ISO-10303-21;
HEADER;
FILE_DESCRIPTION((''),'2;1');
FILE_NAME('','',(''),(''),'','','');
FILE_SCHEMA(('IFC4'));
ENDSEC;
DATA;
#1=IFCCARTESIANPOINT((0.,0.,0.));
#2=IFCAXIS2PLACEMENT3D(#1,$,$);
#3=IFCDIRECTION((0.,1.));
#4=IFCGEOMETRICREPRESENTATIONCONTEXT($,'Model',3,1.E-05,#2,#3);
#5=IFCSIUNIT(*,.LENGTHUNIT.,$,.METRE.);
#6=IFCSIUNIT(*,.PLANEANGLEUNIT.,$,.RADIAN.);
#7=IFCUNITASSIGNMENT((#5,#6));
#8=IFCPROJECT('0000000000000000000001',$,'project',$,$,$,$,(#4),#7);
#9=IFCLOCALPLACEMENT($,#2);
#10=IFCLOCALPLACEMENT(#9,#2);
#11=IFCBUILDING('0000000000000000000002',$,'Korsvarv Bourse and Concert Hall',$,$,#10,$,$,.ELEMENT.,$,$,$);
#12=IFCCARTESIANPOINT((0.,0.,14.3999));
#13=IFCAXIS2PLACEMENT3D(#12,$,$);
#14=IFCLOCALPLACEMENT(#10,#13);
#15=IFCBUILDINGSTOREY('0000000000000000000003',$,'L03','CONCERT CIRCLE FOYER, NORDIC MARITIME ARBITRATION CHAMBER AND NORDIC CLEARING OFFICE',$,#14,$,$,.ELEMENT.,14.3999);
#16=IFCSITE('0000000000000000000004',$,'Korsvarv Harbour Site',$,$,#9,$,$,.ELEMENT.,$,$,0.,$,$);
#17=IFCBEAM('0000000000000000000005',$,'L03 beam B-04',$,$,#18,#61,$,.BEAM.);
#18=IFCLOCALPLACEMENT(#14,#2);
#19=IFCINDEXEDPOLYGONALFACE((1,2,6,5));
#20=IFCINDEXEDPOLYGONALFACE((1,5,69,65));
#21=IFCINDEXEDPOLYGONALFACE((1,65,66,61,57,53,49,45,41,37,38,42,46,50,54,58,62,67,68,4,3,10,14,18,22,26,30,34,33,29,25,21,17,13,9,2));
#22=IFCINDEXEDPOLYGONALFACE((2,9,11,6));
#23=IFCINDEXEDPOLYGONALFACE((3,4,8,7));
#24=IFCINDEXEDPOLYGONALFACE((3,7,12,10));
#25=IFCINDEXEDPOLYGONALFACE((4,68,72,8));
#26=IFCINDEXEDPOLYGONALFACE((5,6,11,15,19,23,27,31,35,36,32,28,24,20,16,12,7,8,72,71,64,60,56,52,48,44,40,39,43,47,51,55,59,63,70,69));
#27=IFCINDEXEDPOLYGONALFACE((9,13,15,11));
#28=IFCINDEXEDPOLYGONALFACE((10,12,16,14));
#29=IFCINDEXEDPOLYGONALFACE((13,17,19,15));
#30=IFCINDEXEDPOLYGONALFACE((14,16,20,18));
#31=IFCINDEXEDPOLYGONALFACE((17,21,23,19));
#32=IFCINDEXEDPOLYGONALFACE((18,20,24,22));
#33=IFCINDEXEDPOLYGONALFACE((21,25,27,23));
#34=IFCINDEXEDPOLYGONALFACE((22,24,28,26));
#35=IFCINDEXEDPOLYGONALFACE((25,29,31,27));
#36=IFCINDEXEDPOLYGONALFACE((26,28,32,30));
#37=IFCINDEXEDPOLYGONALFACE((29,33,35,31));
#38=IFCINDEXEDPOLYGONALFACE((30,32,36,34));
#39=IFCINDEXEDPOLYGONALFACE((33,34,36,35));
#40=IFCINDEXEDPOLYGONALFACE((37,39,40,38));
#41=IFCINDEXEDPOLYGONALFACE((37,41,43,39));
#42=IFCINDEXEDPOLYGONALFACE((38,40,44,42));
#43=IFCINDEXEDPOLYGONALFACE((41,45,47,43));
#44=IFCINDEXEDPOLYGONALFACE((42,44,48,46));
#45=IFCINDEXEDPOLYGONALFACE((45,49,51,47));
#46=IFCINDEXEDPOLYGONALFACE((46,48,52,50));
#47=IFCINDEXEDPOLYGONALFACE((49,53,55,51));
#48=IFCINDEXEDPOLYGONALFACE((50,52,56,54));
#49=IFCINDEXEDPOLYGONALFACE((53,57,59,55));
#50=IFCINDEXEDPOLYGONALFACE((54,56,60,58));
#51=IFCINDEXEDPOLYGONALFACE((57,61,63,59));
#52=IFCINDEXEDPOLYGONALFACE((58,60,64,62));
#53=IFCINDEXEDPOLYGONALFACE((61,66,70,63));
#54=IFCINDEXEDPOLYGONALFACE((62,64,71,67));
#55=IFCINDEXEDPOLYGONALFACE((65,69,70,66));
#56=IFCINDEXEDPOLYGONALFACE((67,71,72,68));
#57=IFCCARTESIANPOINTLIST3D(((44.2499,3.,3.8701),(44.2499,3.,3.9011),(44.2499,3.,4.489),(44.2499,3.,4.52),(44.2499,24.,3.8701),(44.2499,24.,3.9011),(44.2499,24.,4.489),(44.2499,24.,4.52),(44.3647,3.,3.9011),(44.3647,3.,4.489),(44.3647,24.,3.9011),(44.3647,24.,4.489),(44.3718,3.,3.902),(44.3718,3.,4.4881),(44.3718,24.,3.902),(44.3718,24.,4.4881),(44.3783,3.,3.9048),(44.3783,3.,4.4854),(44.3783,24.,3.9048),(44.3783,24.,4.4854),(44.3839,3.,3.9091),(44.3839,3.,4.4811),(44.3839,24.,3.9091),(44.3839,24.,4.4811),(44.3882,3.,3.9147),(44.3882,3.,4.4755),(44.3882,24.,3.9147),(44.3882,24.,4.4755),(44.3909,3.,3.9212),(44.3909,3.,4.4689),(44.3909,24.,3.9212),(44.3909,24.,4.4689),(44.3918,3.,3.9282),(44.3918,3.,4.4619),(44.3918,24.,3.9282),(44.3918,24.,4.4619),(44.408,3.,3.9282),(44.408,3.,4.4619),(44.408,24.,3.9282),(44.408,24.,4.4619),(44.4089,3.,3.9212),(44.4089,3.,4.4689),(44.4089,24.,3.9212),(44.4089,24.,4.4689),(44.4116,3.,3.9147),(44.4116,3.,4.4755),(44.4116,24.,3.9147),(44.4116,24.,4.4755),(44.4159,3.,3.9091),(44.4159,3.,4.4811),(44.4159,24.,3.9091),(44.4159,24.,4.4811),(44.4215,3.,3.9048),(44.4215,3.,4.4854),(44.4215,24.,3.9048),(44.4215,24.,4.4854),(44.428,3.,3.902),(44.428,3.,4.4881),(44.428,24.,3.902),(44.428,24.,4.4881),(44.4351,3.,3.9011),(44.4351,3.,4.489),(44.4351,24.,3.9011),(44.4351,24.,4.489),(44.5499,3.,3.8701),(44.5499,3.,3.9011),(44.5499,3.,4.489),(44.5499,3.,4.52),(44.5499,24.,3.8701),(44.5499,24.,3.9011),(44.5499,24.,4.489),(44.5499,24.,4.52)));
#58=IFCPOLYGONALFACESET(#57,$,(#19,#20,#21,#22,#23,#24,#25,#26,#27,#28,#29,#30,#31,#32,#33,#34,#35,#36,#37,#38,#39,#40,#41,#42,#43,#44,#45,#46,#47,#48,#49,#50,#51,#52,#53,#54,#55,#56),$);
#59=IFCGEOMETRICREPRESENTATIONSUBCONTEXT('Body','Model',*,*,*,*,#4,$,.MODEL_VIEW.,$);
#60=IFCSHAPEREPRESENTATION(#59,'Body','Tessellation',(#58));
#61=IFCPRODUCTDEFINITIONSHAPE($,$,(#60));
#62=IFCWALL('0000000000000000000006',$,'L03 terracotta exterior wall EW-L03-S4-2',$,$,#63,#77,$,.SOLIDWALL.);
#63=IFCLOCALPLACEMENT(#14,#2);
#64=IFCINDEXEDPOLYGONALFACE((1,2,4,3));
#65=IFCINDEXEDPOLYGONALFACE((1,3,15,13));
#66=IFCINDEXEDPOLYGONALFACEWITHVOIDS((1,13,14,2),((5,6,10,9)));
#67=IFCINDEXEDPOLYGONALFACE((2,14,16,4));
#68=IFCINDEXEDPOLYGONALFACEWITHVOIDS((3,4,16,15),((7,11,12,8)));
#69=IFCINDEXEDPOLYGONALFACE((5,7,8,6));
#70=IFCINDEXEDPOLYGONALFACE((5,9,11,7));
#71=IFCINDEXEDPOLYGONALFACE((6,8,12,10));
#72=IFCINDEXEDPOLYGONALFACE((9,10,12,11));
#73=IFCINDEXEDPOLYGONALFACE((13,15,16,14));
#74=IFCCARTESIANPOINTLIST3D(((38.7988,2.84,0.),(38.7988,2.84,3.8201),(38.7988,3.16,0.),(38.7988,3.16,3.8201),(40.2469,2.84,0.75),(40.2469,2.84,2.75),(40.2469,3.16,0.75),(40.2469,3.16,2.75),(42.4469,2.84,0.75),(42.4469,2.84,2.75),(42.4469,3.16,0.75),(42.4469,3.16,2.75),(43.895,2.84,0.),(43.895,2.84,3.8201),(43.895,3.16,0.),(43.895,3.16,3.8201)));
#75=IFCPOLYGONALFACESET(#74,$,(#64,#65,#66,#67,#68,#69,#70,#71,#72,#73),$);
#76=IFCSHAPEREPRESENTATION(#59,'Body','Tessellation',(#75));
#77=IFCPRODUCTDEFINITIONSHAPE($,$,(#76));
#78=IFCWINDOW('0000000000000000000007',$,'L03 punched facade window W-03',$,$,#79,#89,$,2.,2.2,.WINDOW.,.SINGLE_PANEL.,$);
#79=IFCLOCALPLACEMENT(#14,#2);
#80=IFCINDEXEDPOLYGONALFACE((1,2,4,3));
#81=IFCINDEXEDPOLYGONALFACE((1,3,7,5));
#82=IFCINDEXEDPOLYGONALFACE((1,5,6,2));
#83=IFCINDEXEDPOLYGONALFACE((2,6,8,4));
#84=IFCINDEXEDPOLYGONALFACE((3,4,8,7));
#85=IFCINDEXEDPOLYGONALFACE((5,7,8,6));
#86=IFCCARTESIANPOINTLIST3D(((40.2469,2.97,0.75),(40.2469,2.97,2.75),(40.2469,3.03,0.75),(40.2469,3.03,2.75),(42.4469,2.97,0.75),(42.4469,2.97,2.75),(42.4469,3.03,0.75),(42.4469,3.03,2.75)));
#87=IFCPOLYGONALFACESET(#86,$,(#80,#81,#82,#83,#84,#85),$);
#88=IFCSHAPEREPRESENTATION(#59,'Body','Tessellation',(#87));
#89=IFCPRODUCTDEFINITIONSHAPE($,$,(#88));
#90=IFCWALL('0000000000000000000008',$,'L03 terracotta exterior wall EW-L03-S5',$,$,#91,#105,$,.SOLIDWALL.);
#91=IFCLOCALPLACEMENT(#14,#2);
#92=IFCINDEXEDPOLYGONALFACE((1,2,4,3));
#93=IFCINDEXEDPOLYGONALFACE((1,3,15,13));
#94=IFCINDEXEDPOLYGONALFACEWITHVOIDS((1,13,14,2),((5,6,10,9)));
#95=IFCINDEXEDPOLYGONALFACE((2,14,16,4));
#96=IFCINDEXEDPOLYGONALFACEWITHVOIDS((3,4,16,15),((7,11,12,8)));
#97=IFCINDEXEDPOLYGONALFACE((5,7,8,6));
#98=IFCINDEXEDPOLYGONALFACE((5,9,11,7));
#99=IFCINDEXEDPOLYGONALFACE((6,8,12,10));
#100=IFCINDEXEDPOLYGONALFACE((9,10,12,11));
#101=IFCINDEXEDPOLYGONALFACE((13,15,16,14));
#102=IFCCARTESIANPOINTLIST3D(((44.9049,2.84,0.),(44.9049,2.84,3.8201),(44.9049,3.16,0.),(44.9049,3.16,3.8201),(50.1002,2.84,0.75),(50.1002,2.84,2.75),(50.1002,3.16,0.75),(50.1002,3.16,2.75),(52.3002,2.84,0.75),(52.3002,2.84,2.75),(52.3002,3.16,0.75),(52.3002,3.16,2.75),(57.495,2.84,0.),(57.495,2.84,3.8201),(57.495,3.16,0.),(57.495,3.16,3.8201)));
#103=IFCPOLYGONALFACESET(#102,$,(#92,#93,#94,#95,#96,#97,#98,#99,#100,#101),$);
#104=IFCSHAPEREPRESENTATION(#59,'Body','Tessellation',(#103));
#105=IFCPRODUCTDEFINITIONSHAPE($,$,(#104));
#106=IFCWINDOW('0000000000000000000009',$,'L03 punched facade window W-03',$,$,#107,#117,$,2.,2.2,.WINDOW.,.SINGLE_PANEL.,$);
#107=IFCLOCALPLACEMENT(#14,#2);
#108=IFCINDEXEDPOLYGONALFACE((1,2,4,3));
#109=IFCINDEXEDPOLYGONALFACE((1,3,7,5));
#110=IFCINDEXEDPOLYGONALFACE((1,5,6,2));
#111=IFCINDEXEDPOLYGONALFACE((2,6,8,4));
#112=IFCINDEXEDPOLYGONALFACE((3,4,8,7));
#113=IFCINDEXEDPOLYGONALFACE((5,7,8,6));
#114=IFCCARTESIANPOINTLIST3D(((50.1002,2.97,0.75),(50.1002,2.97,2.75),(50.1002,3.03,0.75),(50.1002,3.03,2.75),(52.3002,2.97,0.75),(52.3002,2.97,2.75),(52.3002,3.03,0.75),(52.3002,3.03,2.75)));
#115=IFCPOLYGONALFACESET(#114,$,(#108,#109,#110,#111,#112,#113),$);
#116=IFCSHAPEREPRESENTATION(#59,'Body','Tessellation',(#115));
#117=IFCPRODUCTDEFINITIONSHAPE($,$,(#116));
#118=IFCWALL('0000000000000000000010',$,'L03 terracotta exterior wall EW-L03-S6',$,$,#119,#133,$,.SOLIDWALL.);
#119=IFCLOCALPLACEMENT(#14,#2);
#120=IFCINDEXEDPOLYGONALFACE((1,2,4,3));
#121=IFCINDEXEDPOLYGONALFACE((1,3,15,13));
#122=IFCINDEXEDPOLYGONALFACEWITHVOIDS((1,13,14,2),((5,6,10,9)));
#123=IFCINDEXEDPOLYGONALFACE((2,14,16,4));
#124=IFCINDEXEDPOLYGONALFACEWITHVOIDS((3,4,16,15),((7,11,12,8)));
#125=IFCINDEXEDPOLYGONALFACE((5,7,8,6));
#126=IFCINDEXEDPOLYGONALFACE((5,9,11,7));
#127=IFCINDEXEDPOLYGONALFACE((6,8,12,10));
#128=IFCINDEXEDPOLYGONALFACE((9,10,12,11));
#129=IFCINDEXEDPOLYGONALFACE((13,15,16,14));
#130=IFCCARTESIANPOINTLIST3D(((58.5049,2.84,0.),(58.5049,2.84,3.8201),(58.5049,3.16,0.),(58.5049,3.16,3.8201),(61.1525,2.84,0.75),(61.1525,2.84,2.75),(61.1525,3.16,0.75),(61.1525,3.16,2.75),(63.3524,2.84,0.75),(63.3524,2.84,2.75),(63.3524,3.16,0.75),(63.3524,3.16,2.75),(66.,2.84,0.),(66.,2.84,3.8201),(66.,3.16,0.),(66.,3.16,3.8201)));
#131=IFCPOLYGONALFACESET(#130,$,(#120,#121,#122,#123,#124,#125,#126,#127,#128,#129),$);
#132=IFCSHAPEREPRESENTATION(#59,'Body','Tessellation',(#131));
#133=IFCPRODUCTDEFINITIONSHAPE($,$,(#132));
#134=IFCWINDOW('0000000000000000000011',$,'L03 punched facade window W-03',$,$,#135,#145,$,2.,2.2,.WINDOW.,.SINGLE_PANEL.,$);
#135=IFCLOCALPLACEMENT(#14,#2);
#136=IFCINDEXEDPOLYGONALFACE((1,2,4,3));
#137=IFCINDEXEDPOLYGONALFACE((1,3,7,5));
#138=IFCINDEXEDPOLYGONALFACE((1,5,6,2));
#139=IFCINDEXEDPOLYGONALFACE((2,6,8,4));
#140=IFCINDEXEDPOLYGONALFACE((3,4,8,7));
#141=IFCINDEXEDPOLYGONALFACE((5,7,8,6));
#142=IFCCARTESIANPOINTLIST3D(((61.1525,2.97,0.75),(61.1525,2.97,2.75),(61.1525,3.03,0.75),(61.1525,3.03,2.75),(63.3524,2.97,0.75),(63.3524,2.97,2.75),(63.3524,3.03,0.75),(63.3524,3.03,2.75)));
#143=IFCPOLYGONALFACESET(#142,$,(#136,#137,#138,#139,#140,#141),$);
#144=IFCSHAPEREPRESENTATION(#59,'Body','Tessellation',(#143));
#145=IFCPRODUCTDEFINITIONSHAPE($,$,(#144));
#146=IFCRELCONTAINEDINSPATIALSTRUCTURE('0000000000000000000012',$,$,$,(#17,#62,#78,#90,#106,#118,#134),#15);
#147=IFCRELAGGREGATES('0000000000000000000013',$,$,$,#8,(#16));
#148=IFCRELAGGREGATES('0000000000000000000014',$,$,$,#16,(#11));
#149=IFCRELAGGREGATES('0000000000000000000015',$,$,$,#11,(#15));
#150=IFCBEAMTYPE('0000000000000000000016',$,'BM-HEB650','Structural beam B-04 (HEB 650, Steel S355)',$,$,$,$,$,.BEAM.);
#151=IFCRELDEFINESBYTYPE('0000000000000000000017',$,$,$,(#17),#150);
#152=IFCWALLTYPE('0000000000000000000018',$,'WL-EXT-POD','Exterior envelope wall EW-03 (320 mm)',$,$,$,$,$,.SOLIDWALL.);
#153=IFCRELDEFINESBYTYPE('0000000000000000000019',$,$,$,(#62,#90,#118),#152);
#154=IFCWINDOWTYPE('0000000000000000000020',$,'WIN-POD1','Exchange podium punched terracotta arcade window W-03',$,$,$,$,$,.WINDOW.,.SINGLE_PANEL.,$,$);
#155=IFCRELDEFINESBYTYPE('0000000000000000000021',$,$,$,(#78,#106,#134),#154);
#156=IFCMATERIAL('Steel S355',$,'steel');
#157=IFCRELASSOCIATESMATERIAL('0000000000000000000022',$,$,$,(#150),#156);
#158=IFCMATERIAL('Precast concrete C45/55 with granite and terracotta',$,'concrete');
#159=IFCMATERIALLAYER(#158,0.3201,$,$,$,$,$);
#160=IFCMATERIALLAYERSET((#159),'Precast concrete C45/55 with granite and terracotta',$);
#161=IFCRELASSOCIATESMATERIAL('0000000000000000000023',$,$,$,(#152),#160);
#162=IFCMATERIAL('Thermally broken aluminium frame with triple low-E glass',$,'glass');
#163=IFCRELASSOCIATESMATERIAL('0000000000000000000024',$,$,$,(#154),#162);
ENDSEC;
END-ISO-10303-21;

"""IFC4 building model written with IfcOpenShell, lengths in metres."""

from ifc_helpers import new_model, si_unit, direction, frame, frame_2d, origin, origin_2d, place, context, subcontext, project, spatial, rectangle, i_section, extrude, source, transform, mapped, material, layer, layer_set, material_profile, profile_set, type_object, element, fill, save


model = new_model("IFC4")

# Units and contexts
model_context = context("Model", 3, precision=1e-05, world=origin(), true_north=direction((0.0, 1.0)))
body_context = subcontext(model_context, "Body", "Model", "MODEL_VIEW")
ifc_project = project(units=[si_unit("LENGTHUNIT", "METRE"), si_unit("PLANEANGLEUNIT", "RADIAN")], contexts=[model_context])

# Site, building, storey
site_placement = place(None, origin())
site = spatial("IfcSite", under=ifc_project, at=site_placement, Name="Korsvarv Harbour Site", CompositionType="ELEMENT", RefElevation=0.0)
building_placement = place(site_placement, origin())
building = spatial("IfcBuilding", under=site, at=building_placement, Name="Korsvarv Bourse and Concert Hall", CompositionType="ELEMENT")
storey_placement = place(building_placement, frame((0.0, 0.0, 14.3999)))
storey = spatial("IfcBuildingStorey", under=building, at=storey_placement, Name="L03", Description="CONCERT CIRCLE FOYER, NORDIC MARITIME ARBITRATION CHAMBER AND NORDIC CLEARING OFFICE", CompositionType="ELEMENT", Elevation=14.3999)

# Beam
ifc_material_1 = material(Name="Steel S355", Category="steel")
ifc_material_profile_1 = material_profile(ifc_material_1, i_section(OverallWidth=0.3, OverallDepth=0.6499, WebThickness=0.0161, FlangeThickness=0.031, FilletRadius=0.0271, at=origin_2d()), Name="HEB 650")
ifc_profile_set_1 = profile_set([ifc_material_profile_1], Name="Steel S355")
beam_type_1 = type_object("IfcBeamType", Name="BM-HEB650", Description="Structural beam B-04 (HEB 650, Steel S355)", PredefinedType="BEAM", material=ifc_profile_set_1)
shared_shape_1 = source(origin(), body_context, "Body", "SweptSolid", [
    extrude(i_section(OverallWidth=0.3, OverallDepth=0.6499, WebThickness=0.0161, FlangeThickness=0.031, FilletRadius=0.0271, at=origin_2d()), origin(), (0.0, 0.0, 1.0), 21.0),
])
beam_1_placement = place(storey_placement, frame((44.3999, 3.0, 4.1951), z_axis=(0.0, 1.0, 0.0), x_axis=(-1.0, 0.0, 0.0)))
element("IfcBeam", 1, at=beam_1_placement, inside=storey, type_object=beam_type_1, Name="L03 beam B-04", PredefinedType="BEAM", context=body_context, shape_type="MappedRepresentation", body=[
    mapped(shared_shape_1, transform((0.0, 0.0, 0.0), scale=1.0)),
])

# Walls, openings, windows
ifc_material_2 = material(Name="Precast concrete C45/55 with granite and terracotta", Category="concrete")
ifc_layer_1 = layer(ifc_material_2, 0.3201)
ifc_layer_set_1 = layer_set([ifc_layer_1], Name="Precast concrete C45/55 with granite and terracotta")
wall_type_1 = type_object("IfcWallType", Name="WL-EXT-POD", Description="Exterior envelope wall EW-03 (320 mm)", PredefinedType="SOLIDWALL", material=ifc_layer_set_1)
wall_1_placement = place(storey_placement, frame((38.7988, 3.0, 0.0), z_axis=(0.0, 0.0, 1.0), x_axis=(1.0, 0.0, 0.0)))
wall_1 = element("IfcWall", 2, at=wall_1_placement, inside=storey, type_object=wall_type_1, Name="L03 terracotta exterior wall EW-L03-S4-2", PredefinedType="SOLIDWALL", context=body_context, shape_type="SweptSolid", body=[
    extrude(rectangle(XDim=5.0962, YDim=0.3201, at=frame_2d((2.5481, 0.0))), origin(), (0.0, 0.0, 1.0), 3.8201),
])
opening_1_placement = place(wall_1_placement, frame((1.448, 0.0, 0.75)))
opening_1 = element("IfcOpeningElement", 3, at=opening_1_placement, cuts=wall_1, PredefinedType="OPENING", context=body_context, shape_type="SweptSolid", body=[
    extrude(rectangle(XDim=2.2, YDim=2.0, at=frame_2d((1.1001, 1.0))), frame((0.0, 0.1699, 0.0), z_axis=(0.0, -1.0, 0.0), x_axis=(1.0, 0.0, 0.0)), (0.0, 0.0, 1.0), 0.3401),
])
ifc_material_3 = material(Name="Thermally broken aluminium frame with triple low-E glass", Category="glass")
window_type = type_object("IfcWindowType", Name="WIN-POD1", Description="Exchange podium punched terracotta arcade window W-03", PartitioningType="SINGLE_PANEL", PredefinedType="WINDOW", material=ifc_material_3)
window_1_placement = place(opening_1_placement, origin())
window_1 = element("IfcWindow", 4, at=window_1_placement, inside=storey, type_object=window_type, Name="L03 punched facade window W-03", OverallHeight=2.0, OverallWidth=2.2, PartitioningType="SINGLE_PANEL", PredefinedType="WINDOW", context=body_context, shape_type="SweptSolid", body=[
    extrude(rectangle(XDim=2.2, YDim=2.0, at=frame_2d((1.1001, 1.0))), frame((0.0, 0.03, 0.0), z_axis=(0.0, -1.0, 0.0), x_axis=(1.0, 0.0, 0.0)), (0.0, 0.0, 1.0), 0.0601),
])
fill(opening_1, window_1)
wall_2_placement = place(storey_placement, frame((44.905, 3.0, 0.0), z_axis=(0.0, 0.0, 1.0), x_axis=(1.0, 0.0, 0.0)))
wall_2 = element("IfcWall", 5, at=wall_2_placement, inside=storey, type_object=wall_type_1, Name="L03 terracotta exterior wall EW-L03-S5", PredefinedType="SOLIDWALL", context=body_context, shape_type="SweptSolid", body=[
    extrude(rectangle(XDim=12.5901, YDim=0.3201, at=frame_2d((6.2949, 0.0))), origin(), (0.0, 0.0, 1.0), 3.8201),
])
opening_2_placement = place(wall_2_placement, frame((5.1951, 0.0, 0.75)))
opening_2 = element("IfcOpeningElement", 6, at=opening_2_placement, cuts=wall_2, PredefinedType="OPENING", context=body_context, shape_type="SweptSolid", body=[
    extrude(rectangle(XDim=2.2, YDim=2.0, at=frame_2d((1.1001, 1.0))), frame((0.0, 0.1699, 0.0), z_axis=(0.0, -1.0, 0.0), x_axis=(1.0, 0.0, 0.0)), (0.0, 0.0, 1.0), 0.3401),
])
window_2_placement = place(opening_2_placement, origin())
window_2 = element("IfcWindow", 7, at=window_2_placement, inside=storey, type_object=window_type, Name="L03 punched facade window W-03", OverallHeight=2.0, OverallWidth=2.2, PartitioningType="SINGLE_PANEL", PredefinedType="WINDOW", context=body_context, shape_type="SweptSolid", body=[
    extrude(rectangle(XDim=2.2, YDim=2.0, at=frame_2d((1.1001, 1.0))), frame((0.0, 0.03, 0.0), z_axis=(0.0, -1.0, 0.0), x_axis=(1.0, 0.0, 0.0)), (0.0, 0.0, 1.0), 0.0601),
])
fill(opening_2, window_2)
wall_3_placement = place(storey_placement, frame((58.5049, 3.0, 0.0), z_axis=(0.0, 0.0, 1.0), x_axis=(1.0, 0.0, 0.0)))
wall_3 = element("IfcWall", 8, at=wall_3_placement, inside=storey, type_object=wall_type_1, Name="L03 terracotta exterior wall EW-L03-S6", PredefinedType="SOLIDWALL", context=body_context, shape_type="SweptSolid", body=[
    extrude(rectangle(XDim=7.4951, YDim=0.3201, at=frame_2d((3.7476, 0.0))), origin(), (0.0, 0.0, 1.0), 3.8201),
])
opening_3_placement = place(wall_3_placement, frame((2.6475, 0.0, 0.75)))
opening_3 = element("IfcOpeningElement", 9, at=opening_3_placement, cuts=wall_3, PredefinedType="OPENING", context=body_context, shape_type="SweptSolid", body=[
    extrude(rectangle(XDim=2.2, YDim=2.0, at=frame_2d((1.1001, 1.0))), frame((0.0, 0.1699, 0.0), z_axis=(0.0, -1.0, 0.0), x_axis=(1.0, 0.0, 0.0)), (0.0, 0.0, 1.0), 0.3401),
])
window_3_placement = place(opening_3_placement, origin())
window_3 = element("IfcWindow", 10, at=window_3_placement, inside=storey, type_object=window_type, Name="L03 punched facade window W-03", OverallHeight=2.0, OverallWidth=2.2, PartitioningType="SINGLE_PANEL", PredefinedType="WINDOW", context=body_context, shape_type="SweptSolid", body=[
    extrude(rectangle(XDim=2.2, YDim=2.0, at=frame_2d((1.1001, 1.0))), frame((0.0, 0.03, 0.0), z_axis=(0.0, -1.0, 0.0), x_axis=(1.0, 0.0, 0.0)), (0.0, 0.0, 1.0), 0.0601),
])
fill(opening_3, window_3)

save(model, "model.ifc")
